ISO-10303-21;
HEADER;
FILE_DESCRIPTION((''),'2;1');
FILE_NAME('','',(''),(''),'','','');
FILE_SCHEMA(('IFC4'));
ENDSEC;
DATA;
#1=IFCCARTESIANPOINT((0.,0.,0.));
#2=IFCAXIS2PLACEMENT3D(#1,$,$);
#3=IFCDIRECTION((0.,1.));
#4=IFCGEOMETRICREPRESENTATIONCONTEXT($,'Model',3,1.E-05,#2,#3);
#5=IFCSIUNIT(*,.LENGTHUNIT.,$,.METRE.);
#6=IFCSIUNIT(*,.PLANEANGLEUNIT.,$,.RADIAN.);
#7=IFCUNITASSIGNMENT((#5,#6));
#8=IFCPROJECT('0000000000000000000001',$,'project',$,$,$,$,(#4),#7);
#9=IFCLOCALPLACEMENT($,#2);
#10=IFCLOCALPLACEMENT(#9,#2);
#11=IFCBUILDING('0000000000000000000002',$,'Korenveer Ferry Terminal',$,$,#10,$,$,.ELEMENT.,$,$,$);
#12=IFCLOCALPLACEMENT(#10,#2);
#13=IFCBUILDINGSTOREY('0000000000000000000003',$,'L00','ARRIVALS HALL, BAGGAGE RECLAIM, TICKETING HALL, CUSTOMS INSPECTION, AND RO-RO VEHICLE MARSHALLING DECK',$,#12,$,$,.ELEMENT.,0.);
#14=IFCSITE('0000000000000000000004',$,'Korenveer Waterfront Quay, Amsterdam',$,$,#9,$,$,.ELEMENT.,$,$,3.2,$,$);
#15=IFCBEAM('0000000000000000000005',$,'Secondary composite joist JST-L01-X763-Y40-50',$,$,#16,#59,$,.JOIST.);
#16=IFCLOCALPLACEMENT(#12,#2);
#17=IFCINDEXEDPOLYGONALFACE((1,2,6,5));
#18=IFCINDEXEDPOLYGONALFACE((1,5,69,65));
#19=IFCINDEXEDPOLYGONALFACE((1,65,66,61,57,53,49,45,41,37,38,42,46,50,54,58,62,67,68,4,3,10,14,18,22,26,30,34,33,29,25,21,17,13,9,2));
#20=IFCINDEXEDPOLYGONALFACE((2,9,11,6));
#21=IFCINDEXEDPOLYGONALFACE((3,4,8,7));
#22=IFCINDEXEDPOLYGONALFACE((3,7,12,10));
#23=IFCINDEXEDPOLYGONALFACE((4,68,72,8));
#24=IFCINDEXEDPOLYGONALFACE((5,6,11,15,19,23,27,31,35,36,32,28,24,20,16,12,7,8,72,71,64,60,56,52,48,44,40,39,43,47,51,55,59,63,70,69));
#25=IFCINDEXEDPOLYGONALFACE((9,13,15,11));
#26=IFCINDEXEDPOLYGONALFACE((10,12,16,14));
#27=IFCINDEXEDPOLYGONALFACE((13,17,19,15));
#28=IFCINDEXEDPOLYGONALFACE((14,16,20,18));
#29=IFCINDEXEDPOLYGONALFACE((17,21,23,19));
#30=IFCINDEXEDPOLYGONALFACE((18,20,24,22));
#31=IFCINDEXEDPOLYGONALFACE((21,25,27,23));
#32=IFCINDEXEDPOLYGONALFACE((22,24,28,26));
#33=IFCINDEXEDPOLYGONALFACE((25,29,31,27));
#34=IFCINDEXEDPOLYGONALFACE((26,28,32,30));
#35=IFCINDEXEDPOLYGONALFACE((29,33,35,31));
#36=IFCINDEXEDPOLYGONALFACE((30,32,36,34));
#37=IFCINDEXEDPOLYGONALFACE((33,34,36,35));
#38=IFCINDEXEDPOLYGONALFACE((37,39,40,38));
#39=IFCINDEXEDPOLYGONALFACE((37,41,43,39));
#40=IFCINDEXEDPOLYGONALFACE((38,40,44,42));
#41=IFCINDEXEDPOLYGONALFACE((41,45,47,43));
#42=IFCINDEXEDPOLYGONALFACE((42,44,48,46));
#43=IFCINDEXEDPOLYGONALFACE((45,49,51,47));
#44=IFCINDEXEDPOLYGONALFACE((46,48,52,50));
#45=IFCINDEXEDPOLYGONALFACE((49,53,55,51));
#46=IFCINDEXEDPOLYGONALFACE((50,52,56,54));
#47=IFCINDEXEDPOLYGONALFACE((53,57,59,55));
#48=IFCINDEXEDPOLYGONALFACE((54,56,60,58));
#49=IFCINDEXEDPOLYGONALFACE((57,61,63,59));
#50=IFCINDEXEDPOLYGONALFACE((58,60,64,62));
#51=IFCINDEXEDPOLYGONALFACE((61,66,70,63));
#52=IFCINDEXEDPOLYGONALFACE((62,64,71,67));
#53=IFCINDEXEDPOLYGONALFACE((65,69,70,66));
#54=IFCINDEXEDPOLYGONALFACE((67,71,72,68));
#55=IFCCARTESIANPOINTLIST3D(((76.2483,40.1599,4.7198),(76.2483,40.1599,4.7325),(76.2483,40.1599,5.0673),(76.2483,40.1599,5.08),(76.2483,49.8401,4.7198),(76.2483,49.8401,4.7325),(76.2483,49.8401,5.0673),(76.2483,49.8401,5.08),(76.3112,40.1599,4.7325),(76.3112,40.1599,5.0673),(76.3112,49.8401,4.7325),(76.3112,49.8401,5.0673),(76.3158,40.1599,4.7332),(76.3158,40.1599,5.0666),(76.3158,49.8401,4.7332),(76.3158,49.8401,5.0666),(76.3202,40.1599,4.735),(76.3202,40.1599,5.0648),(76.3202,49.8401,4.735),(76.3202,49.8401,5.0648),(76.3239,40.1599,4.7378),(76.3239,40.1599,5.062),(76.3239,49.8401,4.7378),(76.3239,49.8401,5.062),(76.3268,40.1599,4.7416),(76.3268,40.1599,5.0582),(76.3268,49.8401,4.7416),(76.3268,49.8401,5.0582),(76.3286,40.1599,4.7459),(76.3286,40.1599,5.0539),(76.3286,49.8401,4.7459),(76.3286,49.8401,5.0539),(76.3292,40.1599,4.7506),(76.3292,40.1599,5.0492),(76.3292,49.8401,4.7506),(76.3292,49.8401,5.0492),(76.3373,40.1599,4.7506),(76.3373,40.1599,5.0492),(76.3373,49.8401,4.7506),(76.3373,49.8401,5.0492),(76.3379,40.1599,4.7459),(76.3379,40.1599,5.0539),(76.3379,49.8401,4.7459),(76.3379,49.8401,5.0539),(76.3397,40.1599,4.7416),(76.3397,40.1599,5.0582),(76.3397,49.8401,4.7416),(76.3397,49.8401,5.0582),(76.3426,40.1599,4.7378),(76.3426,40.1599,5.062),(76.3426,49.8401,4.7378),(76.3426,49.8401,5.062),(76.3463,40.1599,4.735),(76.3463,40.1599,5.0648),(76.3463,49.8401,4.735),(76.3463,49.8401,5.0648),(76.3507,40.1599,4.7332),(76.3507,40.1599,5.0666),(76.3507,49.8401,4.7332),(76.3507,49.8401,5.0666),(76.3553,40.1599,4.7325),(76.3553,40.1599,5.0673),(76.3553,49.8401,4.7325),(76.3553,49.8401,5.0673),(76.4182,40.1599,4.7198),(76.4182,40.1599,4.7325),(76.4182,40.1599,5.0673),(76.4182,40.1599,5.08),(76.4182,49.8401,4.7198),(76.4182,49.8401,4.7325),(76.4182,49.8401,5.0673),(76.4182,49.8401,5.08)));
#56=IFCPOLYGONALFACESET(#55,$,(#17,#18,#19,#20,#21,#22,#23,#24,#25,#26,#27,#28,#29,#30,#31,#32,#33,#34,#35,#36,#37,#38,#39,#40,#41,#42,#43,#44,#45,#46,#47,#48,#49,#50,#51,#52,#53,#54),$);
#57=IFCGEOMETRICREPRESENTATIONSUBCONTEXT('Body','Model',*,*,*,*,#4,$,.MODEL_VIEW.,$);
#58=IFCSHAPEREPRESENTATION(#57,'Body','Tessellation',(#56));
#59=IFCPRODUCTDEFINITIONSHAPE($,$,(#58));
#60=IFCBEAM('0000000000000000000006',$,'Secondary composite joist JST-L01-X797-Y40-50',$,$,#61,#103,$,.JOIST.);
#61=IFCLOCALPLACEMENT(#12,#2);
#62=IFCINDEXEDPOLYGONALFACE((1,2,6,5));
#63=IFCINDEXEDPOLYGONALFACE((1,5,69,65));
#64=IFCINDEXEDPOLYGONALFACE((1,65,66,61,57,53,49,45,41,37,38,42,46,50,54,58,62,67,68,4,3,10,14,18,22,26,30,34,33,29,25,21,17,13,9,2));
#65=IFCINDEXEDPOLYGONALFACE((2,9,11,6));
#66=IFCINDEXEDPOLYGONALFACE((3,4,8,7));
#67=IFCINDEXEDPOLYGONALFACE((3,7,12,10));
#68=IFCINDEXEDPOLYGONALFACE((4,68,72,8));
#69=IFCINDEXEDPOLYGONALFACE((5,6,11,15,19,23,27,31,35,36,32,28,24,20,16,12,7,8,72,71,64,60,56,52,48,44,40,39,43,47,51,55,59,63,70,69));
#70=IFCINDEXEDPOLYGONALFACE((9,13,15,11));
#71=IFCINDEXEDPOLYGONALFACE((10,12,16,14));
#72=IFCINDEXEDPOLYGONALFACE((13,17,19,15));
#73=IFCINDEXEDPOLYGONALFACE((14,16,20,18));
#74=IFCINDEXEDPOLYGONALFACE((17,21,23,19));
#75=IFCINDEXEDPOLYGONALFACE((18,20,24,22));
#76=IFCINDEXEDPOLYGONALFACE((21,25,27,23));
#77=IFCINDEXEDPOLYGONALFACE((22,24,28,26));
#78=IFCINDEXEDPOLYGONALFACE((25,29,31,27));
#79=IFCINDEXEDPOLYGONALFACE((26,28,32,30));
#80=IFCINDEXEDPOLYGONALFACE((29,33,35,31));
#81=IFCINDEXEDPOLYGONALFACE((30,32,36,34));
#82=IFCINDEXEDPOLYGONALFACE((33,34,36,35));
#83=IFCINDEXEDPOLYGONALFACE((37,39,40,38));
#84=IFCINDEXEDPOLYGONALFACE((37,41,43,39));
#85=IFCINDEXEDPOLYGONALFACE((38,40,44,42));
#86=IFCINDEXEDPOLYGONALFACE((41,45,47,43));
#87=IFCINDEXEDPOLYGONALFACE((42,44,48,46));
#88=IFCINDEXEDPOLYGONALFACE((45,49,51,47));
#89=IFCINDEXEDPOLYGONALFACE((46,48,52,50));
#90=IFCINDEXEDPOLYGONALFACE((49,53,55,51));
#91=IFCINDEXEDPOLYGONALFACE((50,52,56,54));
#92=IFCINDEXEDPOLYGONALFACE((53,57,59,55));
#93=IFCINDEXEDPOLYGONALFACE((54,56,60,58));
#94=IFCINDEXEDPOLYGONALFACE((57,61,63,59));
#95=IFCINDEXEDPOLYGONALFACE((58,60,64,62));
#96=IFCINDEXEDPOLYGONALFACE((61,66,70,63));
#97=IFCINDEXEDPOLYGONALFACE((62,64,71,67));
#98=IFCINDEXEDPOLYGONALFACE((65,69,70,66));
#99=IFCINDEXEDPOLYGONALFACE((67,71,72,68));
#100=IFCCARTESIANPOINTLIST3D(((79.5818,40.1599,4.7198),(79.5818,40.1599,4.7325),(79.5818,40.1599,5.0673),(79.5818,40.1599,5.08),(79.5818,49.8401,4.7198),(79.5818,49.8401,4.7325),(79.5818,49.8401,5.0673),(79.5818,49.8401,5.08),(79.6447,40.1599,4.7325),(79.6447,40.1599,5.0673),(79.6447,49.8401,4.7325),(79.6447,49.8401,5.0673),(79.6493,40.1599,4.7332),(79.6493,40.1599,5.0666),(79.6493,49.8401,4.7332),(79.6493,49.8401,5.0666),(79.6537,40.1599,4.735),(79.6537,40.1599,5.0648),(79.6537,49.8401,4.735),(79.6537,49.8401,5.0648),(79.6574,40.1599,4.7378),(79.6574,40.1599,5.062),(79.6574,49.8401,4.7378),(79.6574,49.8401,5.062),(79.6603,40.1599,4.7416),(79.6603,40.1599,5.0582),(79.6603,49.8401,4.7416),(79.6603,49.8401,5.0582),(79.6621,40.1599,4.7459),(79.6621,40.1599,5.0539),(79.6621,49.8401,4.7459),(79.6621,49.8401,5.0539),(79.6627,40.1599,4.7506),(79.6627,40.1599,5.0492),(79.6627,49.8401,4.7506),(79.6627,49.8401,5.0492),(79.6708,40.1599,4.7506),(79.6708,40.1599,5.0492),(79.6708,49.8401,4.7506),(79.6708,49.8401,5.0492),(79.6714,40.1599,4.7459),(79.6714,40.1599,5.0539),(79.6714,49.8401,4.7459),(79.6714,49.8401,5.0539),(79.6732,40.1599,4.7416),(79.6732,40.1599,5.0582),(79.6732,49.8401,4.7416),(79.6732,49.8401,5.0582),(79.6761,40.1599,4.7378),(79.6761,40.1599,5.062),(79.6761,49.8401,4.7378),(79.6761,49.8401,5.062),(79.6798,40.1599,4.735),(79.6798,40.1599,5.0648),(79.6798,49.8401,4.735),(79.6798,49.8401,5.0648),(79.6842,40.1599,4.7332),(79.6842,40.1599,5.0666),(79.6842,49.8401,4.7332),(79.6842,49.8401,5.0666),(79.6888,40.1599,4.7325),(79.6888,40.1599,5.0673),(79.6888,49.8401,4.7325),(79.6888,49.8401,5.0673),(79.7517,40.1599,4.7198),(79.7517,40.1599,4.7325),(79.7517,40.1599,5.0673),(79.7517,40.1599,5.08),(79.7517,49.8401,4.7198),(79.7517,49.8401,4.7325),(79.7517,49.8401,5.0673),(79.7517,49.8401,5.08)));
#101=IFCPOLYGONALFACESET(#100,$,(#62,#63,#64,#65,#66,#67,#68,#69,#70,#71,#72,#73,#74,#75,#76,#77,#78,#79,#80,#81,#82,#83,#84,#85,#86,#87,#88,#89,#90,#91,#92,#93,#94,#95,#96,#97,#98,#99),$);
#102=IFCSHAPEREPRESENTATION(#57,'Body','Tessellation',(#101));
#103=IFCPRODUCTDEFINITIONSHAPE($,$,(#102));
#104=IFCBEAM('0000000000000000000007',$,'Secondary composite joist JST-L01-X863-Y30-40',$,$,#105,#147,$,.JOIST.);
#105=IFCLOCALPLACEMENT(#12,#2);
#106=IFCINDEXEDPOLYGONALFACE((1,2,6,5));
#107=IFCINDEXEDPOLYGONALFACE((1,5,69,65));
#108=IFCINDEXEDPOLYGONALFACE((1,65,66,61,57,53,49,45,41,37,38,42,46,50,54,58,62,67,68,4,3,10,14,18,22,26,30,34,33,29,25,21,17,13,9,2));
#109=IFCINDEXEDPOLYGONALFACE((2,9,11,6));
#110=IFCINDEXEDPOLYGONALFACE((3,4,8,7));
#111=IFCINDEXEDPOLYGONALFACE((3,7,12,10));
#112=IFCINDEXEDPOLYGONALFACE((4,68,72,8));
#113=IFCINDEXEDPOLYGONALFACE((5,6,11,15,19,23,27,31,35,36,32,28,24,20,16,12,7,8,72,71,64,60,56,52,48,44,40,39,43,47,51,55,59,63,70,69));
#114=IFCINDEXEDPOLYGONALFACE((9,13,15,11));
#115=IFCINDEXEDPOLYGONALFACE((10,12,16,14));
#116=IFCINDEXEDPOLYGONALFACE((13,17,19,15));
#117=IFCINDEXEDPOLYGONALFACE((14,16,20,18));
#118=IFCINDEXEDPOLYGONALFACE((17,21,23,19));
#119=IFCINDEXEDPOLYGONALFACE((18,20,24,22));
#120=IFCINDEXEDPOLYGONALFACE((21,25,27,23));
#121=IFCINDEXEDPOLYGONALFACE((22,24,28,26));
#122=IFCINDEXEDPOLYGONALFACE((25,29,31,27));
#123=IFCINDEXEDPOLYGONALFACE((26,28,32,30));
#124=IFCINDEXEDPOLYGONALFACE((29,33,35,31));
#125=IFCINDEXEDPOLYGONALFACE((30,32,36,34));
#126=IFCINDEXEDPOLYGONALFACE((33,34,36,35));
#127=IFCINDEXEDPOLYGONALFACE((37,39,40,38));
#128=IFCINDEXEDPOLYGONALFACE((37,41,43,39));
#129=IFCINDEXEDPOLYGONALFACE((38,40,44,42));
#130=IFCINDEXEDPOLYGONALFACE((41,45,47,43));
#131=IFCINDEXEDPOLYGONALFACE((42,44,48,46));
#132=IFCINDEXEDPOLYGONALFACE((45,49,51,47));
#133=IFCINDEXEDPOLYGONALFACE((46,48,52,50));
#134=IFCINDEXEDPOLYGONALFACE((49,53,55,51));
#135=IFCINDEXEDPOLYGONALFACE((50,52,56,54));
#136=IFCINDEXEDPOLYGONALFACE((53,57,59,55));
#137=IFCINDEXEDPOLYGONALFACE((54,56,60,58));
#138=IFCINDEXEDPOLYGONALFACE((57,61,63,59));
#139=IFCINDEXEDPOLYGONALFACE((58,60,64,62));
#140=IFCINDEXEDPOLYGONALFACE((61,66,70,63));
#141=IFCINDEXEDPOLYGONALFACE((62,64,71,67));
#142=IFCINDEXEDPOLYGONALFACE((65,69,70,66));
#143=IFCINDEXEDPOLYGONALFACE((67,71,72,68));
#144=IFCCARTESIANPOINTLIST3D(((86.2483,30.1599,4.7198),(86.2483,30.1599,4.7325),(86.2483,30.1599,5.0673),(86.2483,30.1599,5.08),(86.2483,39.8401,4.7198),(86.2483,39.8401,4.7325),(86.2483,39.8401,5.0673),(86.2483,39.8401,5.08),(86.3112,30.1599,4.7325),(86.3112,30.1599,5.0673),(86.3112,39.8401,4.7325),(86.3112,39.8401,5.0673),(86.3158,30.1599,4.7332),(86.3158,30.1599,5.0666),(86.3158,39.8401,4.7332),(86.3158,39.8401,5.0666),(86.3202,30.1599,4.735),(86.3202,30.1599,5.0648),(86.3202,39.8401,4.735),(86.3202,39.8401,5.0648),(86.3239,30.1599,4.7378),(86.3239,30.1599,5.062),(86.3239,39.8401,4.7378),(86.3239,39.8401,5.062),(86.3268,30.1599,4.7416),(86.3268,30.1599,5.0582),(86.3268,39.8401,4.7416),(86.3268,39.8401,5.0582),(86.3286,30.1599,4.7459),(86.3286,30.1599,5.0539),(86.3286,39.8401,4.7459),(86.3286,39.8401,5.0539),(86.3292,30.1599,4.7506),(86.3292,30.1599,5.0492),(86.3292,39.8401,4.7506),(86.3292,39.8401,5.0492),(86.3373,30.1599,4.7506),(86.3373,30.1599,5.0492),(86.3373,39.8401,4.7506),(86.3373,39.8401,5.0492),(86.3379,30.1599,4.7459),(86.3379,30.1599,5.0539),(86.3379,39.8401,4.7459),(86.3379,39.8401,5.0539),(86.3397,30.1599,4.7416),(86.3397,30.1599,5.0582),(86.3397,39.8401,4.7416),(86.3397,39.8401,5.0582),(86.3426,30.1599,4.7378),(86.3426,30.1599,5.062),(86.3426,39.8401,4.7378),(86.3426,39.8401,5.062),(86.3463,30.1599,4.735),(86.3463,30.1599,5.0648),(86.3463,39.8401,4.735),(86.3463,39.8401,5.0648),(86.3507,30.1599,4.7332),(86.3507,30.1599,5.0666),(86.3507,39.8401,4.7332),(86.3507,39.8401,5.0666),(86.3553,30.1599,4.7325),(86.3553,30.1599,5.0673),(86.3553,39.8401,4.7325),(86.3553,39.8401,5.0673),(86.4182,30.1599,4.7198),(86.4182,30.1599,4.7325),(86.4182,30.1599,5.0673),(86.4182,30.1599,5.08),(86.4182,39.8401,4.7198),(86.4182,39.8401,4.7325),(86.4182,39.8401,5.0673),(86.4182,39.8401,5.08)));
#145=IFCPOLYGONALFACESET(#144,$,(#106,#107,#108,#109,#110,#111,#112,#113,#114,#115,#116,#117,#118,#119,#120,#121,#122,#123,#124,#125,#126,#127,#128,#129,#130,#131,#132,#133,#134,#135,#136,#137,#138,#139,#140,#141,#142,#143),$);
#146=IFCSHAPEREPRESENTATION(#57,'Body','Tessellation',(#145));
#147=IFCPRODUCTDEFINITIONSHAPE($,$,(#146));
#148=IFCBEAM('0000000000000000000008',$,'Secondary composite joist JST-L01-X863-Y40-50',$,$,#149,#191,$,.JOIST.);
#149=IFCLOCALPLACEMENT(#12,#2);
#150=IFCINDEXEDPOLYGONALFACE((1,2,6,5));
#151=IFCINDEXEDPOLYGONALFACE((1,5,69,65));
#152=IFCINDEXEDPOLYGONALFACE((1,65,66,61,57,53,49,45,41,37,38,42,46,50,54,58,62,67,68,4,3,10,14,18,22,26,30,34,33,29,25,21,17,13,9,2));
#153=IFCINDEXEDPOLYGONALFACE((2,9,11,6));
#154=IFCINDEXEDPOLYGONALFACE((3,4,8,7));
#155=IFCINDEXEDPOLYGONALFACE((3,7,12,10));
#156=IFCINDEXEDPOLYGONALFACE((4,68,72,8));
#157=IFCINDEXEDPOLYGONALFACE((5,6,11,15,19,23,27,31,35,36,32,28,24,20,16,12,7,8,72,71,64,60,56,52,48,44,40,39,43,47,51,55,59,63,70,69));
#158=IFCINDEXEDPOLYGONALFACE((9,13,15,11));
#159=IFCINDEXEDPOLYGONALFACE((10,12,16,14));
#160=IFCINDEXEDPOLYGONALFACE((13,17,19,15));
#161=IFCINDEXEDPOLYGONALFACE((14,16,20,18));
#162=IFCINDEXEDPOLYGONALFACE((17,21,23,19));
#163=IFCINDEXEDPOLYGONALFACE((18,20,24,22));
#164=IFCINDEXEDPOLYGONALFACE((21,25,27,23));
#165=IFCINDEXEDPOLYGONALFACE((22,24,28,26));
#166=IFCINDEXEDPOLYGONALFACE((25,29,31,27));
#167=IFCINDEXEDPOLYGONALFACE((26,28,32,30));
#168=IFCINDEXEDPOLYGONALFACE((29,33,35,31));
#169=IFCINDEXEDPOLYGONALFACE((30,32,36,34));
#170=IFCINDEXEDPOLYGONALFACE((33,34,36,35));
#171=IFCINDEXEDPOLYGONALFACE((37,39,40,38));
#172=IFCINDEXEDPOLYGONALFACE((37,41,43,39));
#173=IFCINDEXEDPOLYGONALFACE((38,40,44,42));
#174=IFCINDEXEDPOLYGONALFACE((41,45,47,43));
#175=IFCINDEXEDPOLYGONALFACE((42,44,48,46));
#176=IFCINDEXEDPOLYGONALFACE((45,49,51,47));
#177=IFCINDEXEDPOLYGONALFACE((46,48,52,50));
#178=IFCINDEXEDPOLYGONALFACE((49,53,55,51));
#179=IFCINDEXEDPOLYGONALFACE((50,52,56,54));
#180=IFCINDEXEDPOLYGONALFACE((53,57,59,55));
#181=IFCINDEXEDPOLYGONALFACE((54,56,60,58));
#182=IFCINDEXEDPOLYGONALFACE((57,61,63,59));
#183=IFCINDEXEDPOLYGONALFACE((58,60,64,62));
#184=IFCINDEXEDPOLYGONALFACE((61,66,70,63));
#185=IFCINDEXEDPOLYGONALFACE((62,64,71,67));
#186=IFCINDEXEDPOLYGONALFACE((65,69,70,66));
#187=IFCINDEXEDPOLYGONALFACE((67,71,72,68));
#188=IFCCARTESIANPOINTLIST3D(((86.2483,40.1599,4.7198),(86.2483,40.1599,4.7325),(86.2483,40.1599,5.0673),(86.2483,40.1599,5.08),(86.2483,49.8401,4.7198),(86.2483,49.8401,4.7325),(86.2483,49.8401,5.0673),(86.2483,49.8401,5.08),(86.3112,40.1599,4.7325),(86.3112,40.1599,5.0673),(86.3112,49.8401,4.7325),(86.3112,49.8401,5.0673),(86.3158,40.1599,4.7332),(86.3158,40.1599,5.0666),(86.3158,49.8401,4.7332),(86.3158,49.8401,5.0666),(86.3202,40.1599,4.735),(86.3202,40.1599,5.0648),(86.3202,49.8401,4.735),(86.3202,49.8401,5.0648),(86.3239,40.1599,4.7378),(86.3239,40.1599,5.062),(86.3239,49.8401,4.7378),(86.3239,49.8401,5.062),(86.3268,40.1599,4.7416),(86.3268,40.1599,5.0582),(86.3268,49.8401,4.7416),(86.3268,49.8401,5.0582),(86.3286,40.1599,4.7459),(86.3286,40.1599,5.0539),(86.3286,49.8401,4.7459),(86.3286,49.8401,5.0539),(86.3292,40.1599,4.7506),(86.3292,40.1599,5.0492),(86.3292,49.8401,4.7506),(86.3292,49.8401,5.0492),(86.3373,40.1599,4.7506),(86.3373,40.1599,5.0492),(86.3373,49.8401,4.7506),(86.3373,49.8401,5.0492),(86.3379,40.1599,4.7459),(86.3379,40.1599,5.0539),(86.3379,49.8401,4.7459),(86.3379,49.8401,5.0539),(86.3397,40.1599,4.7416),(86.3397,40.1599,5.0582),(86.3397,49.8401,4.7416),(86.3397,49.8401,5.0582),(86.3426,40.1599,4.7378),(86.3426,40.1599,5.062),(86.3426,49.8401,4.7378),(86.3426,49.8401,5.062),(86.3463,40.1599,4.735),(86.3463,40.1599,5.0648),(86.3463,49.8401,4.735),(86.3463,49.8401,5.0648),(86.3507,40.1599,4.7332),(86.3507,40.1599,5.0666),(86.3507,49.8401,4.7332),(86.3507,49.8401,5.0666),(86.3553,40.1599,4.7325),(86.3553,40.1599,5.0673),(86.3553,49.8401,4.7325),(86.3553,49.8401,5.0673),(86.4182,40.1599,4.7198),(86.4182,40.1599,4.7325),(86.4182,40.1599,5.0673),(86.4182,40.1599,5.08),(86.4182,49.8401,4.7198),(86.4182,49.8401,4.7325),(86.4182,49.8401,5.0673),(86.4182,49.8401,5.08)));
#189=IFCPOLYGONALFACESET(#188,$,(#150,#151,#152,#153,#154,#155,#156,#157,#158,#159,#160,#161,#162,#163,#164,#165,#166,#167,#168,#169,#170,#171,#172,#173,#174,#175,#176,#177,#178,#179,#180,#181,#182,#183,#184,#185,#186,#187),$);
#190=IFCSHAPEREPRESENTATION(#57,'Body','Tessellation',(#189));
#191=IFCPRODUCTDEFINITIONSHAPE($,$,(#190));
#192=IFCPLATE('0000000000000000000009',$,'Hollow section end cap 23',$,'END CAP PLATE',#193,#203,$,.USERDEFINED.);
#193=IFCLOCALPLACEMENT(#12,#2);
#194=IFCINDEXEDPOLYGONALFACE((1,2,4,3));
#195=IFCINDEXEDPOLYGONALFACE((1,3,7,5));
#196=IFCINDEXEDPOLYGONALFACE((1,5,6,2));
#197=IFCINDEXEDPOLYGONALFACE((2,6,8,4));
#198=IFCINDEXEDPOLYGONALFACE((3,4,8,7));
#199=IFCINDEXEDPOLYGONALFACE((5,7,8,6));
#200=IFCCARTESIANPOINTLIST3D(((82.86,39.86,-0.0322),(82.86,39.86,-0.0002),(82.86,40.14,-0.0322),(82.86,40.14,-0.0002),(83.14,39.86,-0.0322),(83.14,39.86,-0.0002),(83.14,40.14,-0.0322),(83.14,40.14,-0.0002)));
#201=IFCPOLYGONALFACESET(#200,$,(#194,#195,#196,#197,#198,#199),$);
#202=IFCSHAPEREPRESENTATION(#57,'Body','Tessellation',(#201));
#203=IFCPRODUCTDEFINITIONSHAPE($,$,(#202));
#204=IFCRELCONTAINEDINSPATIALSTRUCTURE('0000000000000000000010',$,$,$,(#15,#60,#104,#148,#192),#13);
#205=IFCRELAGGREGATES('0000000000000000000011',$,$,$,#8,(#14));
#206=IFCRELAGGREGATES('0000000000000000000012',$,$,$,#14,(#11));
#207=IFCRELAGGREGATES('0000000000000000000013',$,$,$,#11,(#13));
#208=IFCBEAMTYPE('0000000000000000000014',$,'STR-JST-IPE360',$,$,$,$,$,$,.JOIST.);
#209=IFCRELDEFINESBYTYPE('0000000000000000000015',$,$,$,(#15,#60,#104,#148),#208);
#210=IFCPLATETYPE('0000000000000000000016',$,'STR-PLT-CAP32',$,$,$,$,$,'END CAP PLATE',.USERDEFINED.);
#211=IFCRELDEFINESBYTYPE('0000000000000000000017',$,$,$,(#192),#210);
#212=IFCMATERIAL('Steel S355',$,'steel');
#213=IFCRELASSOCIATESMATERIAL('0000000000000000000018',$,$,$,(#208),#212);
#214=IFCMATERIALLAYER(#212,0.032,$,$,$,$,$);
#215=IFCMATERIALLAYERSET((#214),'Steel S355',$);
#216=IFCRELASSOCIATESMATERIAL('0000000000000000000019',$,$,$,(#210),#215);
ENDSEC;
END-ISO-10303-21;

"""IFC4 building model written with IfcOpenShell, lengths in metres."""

from ifc_helpers import new_model, si_unit, direction, frame, origin, origin_2d, place, context, subcontext, project, spatial, rectangle, i_section, extrude, material, layer, layer_set, material_profile, profile_set, type_object, element, save


model = new_model("IFC4")

# Units and contexts
model_context = context("Model", 3, precision=1e-05, world=origin(), true_north=direction((0.0, 1.0)))
body_context = subcontext(model_context, "Body", "Model", "MODEL_VIEW")
ifc_project = project(units=[si_unit("LENGTHUNIT", "METRE"), si_unit("PLANEANGLEUNIT", "RADIAN")], contexts=[model_context])

# Site, building, storey
site_placement = place(None, origin())
site = spatial("IfcSite", under=ifc_project, at=site_placement, Name="Korenveer Waterfront Quay, Amsterdam", CompositionType="ELEMENT", RefElevation=3.2)
building_placement = place(site_placement, origin())
building = spatial("IfcBuilding", under=site, at=building_placement, Name="Korenveer Ferry Terminal", CompositionType="ELEMENT")
storey_placement = place(building_placement, origin())
storey = spatial("IfcBuildingStorey", under=building, at=storey_placement, Name="L00", Description="ARRIVALS HALL, BAGGAGE RECLAIM, TICKETING HALL, CUSTOMS INSPECTION, AND RO-RO VEHICLE MARSHALLING DECK", CompositionType="ELEMENT", Elevation=0.0)

# Shared definitions
ifc_material_1 = material(Name="Steel S355", Category="steel")

# Beams
ifc_material_profile_1 = material_profile(ifc_material_1, i_section(OverallWidth=0.1699, OverallDepth=0.3601, WebThickness=0.0081, FlangeThickness=0.0127, FilletRadius=0.0181, at=origin_2d()), Name="IPE 360")
ifc_profile_set_1 = profile_set([ifc_material_profile_1], Name="Steel S355")
beam_type_1 = type_object("IfcBeamType", Name="STR-JST-IPE360", PredefinedType="JOIST", material=ifc_profile_set_1)
for number, where, z_axis, x_axis, name in (
    (1, (76.3333, 40.1599, 4.8999), (0.0, 1.0, 0.0), (-1.0, 0.0, 0.0), "Secondary composite joist JST-L01-X763-Y40-50"),
    (2, (79.6667, 40.1599, 4.8999), (0.0, 1.0, 0.0), (-1.0, 0.0, 0.0), "Secondary composite joist JST-L01-X797-Y40-50"),
    (3, (86.3333, 30.1599, 4.8999), (0.0, 1.0, 0.0), (-1.0, 0.0, 0.0), "Secondary composite joist JST-L01-X863-Y30-40"),
    (4, (86.3333, 40.1599, 4.8999), (0.0, 1.0, 0.0), (-1.0, 0.0, 0.0), "Secondary composite joist JST-L01-X863-Y40-50"),
):
    element("IfcBeam", number, at=place(storey_placement, frame(where, z_axis=z_axis, x_axis=x_axis)), inside=storey, type_object=beam_type_1, Name=name, PredefinedType="JOIST", context=body_context, shape_type="SweptSolid", body=[
        extrude(i_section(OverallWidth=0.1699, OverallDepth=0.3601, WebThickness=0.0081, FlangeThickness=0.0127, FilletRadius=0.0181, at=origin_2d()), origin(), (0.0, 0.0, 1.0), 9.6802),
    ])

# Plate
ifc_layer = layer(ifc_material_1, 0.032)
ifc_layer_set = layer_set([ifc_layer], Name="Steel S355")
plate_type = type_object("IfcPlateType", Name="STR-PLT-CAP32", ElementType="END CAP PLATE", PredefinedType="USERDEFINED", material=ifc_layer_set)
plate_placement = place(storey_placement, frame((83.0, 40.0, -0.0322), z_axis=(0.0, 0.0, 1.0), x_axis=(1.0, 0.0, 0.0)))
element("IfcPlate", 5, at=plate_placement, inside=storey, type_object=plate_type, Name="Hollow section end cap 23", ObjectType="END CAP PLATE", PredefinedType="USERDEFINED", context=body_context, shape_type="SweptSolid", body=[
    extrude(rectangle(XDim=0.28, YDim=0.28, at=origin_2d()), origin(), (0.0, 0.0, 1.0), 0.032),
])

save(model, "model.ifc")
